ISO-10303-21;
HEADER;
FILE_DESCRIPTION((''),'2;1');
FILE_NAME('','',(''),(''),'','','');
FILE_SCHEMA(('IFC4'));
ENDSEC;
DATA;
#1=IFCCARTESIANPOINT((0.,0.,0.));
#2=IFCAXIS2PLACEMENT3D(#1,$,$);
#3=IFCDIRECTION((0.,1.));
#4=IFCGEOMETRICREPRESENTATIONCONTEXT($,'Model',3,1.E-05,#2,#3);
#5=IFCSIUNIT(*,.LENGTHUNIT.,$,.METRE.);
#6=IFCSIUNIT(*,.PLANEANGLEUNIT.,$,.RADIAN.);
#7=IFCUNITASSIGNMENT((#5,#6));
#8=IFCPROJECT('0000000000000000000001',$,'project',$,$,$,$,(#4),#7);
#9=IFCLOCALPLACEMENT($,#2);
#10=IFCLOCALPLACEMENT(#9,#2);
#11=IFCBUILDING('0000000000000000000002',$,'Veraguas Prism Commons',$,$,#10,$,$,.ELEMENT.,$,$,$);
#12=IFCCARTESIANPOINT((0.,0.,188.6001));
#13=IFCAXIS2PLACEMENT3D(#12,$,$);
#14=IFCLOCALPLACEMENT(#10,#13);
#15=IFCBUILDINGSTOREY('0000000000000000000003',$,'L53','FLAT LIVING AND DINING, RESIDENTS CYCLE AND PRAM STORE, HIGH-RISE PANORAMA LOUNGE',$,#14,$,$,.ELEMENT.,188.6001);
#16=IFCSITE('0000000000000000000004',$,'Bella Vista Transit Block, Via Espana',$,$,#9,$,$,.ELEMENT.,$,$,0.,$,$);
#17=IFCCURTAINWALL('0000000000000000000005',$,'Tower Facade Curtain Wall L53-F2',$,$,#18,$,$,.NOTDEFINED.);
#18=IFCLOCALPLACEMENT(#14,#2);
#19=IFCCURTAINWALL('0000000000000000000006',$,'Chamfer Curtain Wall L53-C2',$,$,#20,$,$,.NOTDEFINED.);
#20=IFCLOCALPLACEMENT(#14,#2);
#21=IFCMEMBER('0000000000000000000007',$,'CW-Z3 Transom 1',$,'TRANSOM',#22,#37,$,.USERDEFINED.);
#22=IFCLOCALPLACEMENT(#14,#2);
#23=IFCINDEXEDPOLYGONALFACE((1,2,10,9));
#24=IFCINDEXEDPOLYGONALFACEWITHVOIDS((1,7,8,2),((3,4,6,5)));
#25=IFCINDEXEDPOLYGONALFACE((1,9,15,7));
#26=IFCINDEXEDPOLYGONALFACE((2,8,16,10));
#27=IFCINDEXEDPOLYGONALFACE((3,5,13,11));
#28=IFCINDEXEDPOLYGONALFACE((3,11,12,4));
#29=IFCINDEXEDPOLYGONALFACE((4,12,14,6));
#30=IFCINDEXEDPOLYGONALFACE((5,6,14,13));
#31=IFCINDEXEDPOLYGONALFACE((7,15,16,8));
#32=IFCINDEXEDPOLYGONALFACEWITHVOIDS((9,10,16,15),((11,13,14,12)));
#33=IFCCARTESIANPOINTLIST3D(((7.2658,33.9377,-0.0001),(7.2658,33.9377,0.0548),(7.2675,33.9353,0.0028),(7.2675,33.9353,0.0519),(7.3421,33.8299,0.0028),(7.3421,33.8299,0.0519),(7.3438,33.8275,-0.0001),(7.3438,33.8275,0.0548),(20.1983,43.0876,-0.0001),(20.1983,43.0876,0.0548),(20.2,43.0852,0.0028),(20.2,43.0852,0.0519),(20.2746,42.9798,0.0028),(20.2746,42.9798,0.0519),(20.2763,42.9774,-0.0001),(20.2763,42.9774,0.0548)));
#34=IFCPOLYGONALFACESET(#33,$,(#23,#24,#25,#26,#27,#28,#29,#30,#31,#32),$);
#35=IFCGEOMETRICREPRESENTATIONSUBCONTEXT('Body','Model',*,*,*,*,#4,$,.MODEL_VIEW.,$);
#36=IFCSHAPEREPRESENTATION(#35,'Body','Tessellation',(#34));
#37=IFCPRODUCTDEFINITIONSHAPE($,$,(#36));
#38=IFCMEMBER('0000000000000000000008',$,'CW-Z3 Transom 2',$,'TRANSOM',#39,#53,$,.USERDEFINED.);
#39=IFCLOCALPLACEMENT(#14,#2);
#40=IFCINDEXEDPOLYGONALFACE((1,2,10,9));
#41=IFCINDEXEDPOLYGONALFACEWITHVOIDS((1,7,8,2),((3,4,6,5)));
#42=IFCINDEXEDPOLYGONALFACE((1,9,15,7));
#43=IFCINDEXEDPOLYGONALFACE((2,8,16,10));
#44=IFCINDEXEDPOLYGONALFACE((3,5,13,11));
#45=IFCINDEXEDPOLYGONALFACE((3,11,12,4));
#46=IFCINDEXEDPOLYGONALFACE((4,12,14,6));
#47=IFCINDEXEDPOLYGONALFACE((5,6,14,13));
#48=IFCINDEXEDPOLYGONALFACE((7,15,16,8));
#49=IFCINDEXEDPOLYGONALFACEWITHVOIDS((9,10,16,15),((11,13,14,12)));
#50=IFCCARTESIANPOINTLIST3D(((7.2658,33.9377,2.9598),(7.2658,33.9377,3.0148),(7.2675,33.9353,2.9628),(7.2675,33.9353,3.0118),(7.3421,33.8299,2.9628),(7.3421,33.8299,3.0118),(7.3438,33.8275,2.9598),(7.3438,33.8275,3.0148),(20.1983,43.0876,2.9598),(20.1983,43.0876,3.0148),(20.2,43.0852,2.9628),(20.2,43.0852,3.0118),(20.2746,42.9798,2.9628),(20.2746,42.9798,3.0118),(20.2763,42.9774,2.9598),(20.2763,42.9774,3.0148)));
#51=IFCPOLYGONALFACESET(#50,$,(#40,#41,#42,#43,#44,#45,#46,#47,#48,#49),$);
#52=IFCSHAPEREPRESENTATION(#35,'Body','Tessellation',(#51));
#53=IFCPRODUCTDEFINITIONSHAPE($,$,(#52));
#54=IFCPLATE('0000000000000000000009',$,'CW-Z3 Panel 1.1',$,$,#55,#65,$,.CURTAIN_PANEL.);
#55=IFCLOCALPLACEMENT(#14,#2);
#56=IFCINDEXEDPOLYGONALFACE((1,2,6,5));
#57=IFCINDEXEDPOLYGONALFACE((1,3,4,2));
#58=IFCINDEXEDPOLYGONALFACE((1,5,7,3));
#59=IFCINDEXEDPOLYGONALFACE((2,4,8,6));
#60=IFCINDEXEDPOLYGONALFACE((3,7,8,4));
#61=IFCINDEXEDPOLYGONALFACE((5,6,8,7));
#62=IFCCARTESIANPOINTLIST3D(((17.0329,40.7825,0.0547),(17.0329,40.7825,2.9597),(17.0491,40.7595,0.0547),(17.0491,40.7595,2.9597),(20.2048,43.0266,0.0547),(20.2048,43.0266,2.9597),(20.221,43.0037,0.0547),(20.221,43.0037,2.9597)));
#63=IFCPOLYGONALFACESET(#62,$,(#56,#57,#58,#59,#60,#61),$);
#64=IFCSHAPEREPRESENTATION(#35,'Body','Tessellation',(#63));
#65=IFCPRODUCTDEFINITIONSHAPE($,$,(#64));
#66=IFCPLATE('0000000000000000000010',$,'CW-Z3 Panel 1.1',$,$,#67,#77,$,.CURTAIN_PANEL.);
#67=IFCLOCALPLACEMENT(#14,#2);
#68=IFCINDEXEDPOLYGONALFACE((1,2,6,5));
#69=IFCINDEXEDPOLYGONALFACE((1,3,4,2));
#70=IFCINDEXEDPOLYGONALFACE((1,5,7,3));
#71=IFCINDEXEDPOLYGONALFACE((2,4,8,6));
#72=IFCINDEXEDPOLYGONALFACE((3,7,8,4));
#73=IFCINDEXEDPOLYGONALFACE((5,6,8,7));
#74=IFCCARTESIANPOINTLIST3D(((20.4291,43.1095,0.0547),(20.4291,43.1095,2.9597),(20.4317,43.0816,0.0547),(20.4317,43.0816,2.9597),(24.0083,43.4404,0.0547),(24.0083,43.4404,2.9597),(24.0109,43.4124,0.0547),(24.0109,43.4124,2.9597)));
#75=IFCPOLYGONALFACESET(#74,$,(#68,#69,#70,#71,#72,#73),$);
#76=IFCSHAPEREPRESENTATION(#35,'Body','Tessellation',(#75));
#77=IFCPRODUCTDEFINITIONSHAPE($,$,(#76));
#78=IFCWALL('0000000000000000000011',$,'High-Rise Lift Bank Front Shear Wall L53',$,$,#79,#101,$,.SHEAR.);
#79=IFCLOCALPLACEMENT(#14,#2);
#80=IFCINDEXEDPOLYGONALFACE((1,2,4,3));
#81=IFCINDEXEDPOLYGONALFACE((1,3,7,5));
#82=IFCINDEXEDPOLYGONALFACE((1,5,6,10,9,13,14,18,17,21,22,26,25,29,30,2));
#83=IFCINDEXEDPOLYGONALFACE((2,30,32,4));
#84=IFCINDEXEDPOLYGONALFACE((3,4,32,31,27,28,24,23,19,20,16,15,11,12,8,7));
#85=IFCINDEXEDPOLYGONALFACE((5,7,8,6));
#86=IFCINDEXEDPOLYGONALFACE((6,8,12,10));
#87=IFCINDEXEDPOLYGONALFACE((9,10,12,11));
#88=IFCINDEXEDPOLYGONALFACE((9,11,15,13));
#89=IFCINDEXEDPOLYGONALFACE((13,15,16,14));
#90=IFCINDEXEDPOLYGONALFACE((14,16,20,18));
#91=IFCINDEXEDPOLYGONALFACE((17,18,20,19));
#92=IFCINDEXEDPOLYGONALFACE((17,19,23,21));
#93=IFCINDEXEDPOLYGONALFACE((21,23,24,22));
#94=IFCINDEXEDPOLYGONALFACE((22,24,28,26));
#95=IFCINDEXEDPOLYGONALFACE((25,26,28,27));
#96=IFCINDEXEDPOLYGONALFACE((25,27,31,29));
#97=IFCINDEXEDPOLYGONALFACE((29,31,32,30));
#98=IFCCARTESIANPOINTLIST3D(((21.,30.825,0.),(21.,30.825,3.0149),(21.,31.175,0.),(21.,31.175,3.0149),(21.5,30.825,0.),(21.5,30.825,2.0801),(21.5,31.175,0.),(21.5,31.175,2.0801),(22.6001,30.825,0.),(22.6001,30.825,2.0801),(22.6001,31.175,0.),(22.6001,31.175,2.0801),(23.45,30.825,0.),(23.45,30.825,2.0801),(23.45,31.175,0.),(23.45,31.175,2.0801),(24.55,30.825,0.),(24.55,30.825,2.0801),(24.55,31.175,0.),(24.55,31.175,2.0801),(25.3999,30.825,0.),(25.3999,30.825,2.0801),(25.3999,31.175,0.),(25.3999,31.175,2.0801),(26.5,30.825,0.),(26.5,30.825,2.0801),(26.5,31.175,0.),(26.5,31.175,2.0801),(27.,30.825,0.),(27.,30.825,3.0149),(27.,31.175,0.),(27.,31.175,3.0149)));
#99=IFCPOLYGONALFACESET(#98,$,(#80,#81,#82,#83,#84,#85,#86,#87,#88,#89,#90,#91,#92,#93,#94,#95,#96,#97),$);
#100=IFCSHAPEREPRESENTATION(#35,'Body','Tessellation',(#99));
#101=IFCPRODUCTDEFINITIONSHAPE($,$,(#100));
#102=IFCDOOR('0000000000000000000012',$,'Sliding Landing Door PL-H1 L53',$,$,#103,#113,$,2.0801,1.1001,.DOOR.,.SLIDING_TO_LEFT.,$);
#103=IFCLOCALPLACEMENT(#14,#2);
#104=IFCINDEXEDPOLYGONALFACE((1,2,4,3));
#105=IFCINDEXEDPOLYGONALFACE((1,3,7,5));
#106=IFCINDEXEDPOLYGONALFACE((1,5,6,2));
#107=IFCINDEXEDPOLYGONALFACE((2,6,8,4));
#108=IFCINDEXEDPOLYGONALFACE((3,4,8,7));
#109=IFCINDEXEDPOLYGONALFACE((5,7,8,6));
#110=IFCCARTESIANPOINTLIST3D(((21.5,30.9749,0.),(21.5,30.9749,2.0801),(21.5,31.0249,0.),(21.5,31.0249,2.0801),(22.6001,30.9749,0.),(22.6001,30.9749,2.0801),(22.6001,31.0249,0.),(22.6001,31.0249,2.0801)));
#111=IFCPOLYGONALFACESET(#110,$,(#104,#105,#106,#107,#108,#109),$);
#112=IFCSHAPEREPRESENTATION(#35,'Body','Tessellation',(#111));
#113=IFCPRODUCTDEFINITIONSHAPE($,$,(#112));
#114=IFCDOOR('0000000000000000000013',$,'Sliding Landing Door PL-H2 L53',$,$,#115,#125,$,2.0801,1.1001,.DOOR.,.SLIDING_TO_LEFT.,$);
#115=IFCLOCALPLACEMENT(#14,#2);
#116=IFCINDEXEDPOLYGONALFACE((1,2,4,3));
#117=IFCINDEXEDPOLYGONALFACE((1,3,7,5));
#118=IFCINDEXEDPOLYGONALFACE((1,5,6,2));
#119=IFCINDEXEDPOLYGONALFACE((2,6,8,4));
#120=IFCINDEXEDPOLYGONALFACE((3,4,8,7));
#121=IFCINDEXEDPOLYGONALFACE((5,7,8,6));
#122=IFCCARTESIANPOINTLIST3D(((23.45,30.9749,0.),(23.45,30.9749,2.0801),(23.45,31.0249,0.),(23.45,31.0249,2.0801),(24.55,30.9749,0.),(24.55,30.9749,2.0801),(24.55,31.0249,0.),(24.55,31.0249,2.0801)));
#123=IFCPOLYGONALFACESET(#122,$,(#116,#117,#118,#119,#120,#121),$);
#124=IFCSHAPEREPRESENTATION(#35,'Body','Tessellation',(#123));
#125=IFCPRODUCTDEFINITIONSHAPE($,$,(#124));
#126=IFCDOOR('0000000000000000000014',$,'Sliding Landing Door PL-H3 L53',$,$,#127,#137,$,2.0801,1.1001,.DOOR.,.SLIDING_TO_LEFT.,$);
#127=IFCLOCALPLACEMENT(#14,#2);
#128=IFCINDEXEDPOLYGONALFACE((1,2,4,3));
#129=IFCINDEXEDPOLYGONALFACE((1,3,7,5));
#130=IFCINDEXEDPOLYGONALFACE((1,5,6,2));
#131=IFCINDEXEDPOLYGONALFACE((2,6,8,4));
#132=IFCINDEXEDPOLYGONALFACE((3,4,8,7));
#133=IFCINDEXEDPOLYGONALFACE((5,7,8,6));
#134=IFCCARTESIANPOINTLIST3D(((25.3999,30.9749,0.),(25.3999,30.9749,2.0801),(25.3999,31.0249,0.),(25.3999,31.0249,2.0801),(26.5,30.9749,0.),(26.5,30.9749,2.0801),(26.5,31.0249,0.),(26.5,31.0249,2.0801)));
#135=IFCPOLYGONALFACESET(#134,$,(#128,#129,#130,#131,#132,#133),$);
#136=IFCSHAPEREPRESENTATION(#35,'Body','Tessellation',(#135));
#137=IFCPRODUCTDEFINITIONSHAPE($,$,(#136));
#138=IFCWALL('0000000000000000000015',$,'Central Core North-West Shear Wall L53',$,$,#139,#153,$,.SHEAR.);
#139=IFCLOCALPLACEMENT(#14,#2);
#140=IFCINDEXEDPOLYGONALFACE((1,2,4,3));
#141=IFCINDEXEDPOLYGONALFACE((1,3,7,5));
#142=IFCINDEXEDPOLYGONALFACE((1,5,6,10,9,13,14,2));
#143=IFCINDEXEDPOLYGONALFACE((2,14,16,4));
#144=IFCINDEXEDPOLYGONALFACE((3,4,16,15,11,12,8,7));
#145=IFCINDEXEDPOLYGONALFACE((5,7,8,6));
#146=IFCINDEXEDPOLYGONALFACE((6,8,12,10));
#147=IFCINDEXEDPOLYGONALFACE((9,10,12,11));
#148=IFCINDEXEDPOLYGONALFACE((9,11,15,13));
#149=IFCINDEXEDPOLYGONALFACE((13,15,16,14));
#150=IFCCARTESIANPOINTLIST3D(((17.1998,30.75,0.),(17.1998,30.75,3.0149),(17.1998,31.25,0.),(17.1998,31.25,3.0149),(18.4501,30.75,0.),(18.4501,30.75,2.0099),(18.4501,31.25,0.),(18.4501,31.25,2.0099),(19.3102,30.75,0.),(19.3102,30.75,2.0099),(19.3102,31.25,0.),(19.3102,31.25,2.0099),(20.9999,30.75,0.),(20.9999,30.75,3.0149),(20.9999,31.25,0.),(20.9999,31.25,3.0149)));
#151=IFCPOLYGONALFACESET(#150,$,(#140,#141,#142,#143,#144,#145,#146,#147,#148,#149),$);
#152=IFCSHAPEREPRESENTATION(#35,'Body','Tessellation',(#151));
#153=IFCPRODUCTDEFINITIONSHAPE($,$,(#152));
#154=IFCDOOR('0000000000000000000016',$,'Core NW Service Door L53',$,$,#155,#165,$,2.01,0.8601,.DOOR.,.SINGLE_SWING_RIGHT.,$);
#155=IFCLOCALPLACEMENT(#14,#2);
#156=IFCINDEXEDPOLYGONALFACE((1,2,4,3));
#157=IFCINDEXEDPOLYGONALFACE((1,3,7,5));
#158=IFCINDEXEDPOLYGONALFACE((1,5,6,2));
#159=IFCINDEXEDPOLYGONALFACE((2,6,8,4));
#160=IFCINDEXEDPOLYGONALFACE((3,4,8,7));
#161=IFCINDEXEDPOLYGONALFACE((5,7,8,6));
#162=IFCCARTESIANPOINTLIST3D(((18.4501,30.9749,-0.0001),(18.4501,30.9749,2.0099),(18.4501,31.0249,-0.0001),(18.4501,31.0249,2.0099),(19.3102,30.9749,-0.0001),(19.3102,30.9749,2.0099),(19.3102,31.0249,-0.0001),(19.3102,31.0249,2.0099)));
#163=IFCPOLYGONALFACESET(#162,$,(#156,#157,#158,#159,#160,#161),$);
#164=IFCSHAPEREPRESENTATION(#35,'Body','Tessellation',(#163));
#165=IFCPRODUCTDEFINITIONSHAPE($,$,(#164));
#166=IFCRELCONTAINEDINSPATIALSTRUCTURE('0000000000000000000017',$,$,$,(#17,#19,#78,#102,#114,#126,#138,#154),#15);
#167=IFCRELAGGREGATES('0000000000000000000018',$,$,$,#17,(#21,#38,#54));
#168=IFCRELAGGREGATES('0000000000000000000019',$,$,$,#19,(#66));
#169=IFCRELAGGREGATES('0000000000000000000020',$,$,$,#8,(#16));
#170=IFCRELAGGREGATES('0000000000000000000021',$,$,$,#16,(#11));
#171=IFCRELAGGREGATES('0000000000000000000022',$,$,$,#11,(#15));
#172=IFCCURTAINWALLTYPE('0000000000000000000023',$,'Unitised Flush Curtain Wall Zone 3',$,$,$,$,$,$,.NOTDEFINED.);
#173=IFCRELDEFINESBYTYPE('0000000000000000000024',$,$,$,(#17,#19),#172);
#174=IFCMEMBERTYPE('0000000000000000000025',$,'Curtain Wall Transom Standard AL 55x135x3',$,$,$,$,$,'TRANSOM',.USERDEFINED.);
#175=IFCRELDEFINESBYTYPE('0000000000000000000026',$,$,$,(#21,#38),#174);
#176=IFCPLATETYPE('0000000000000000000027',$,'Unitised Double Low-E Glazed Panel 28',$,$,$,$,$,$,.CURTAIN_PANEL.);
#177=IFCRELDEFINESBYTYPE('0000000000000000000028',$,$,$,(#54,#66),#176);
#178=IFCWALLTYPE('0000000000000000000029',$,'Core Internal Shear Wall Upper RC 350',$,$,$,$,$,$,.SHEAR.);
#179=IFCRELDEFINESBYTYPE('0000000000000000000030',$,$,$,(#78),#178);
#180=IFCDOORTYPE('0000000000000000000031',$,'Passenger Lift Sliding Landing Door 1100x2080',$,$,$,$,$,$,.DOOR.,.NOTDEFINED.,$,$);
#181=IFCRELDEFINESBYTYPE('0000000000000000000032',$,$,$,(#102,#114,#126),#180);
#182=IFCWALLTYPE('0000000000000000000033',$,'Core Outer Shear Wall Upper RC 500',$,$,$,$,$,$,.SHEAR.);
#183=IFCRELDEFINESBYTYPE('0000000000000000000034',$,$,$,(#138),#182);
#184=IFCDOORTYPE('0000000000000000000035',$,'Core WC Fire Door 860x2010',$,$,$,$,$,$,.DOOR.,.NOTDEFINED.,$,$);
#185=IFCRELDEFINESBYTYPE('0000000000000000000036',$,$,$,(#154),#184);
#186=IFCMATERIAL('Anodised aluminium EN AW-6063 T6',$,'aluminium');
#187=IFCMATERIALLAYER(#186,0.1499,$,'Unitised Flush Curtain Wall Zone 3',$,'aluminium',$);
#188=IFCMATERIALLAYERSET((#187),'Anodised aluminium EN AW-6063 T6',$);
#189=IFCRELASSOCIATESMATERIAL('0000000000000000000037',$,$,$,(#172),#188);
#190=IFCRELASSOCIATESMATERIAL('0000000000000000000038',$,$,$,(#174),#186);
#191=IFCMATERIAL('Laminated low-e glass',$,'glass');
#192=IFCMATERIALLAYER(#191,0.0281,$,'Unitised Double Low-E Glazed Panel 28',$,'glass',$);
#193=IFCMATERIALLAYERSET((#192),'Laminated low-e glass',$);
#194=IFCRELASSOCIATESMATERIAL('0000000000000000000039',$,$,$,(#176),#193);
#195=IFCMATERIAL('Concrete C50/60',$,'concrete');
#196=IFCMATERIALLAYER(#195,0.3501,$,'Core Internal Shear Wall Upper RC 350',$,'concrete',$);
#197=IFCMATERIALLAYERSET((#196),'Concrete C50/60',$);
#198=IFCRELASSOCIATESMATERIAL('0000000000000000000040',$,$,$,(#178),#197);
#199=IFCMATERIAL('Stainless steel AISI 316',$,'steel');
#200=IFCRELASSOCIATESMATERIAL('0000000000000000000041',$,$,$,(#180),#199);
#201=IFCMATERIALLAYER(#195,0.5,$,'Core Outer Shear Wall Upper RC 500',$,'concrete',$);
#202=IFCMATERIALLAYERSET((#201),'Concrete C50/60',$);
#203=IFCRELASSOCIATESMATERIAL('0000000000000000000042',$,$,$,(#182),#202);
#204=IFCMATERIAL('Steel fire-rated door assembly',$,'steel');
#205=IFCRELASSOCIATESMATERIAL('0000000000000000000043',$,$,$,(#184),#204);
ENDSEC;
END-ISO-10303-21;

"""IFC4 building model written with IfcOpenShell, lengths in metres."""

from ifc_helpers import new_model, si_unit, direction, frame, frame_2d, origin, origin_2d, place, context, subcontext, project, spatial, rectangle, hollow_rectangle, extrude, source, transform, mapped, material, layer, layer_set, material_profile, profile_set, type_object, element, fill, aggregate, save


model = new_model("IFC4")

# Units and contexts
model_context = context("Model", 3, precision=1e-05, world=origin(), true_north=direction((0.0, 1.0)))
body_context = subcontext(model_context, "Body", "Model", "MODEL_VIEW")
ifc_project = project(units=[si_unit("LENGTHUNIT", "METRE"), si_unit("PLANEANGLEUNIT", "RADIAN")], contexts=[model_context])

# Site, building, storey
site_placement = place(None, origin())
site = spatial("IfcSite", under=ifc_project, at=site_placement, Name="Bella Vista Transit Block, Via Espana", CompositionType="ELEMENT", RefElevation=0.0)
building_placement = place(site_placement, origin())
building = spatial("IfcBuilding", under=site, at=building_placement, Name="Veraguas Prism Commons", CompositionType="ELEMENT")
storey_placement = place(building_placement, frame((0.0, 0.0, 188.6001)))
storey = spatial("IfcBuildingStorey", under=building, at=storey_placement, Name="L53", Description="FLAT LIVING AND DINING, RESIDENTS CYCLE AND PRAM STORE, HIGH-RISE PANORAMA LOUNGE", CompositionType="ELEMENT", Elevation=188.6001)

# Shared definitions
ifc_material_1 = material(Name="Concrete C50/60", Category="concrete")

# Curtain walls
ifc_material_2 = material(Name="Anodised aluminium EN AW-6063 T6", Category="aluminium")
ifc_layer_1 = layer(ifc_material_2, 0.1499, Name="Unitised Flush Curtain Wall Zone 3", Category="aluminium")
ifc_layer_set_1 = layer_set([ifc_layer_1], Name="Anodised aluminium EN AW-6063 T6")
curtain_wall_type = type_object("IfcCurtainWallType", Name="Unitised Flush Curtain Wall Zone 3", PredefinedType="NOTDEFINED", material=ifc_layer_set_1)
curtain_wall_1_placement = place(storey_placement, origin())
curtain_wall_1 = element("IfcCurtainWall", 1, at=curtain_wall_1_placement, inside=storey, type_object=curtain_wall_type, Name="Tower Facade Curtain Wall L53-F2", PredefinedType="NOTDEFINED")
curtain_wall_2_placement = place(storey_placement, origin())
curtain_wall_2 = element("IfcCurtainWall", 2, at=curtain_wall_2_placement, inside=storey, type_object=curtain_wall_type, Name="Chamfer Curtain Wall L53-C2", PredefinedType="NOTDEFINED")

# Members
ifc_material_profile_1 = material_profile(ifc_material_2, hollow_rectangle(XDim=0.0549, YDim=0.135, WallThickness=0.0029, at=origin_2d()), Name="AL55X135X3")
ifc_profile_set_1 = profile_set([ifc_material_profile_1], Name="Anodised aluminium EN AW-6063 T6")
member_type_1 = type_object("IfcMemberType", Name="Curtain Wall Transom Standard AL 55x135x3", ElementType="TRANSOM", PredefinedType="USERDEFINED", material=ifc_profile_set_1)
shared_shape_1 = source(origin(), body_context, "Body", "SweptSolid", [
    extrude(hollow_rectangle(XDim=0.0549, YDim=0.135, WallThickness=0.0029, at=origin_2d()), origin(), (0.0, 0.0, 1.0), 15.842),
])
member_1_placement = place(storey_placement, frame((20.2373, 43.0325, 0.0273), z_axis=(-0.816343, -0.577567, 0.0), x_axis=(0.0, 0.0, 1.0)))
member_1 = element("IfcMember", 3, at=member_1_placement, type_object=member_type_1, Name="CW-Z3 Transom 1", ObjectType="TRANSOM", PredefinedType="USERDEFINED", context=body_context, shape_type="MappedRepresentation", body=[
    mapped(shared_shape_1, transform((0.0, 0.0, 0.0), scale=1.0)),
])
member_2_placement = place(storey_placement, frame((20.2373, 43.0325, 2.9873), z_axis=(-0.816343, -0.577567, 0.0), x_axis=(0.0, 0.0, 1.0)))
member_2 = element("IfcMember", 4, at=member_2_placement, type_object=member_type_1, Name="CW-Z3 Transom 2", ObjectType="TRANSOM", PredefinedType="USERDEFINED", context=body_context, shape_type="MappedRepresentation", body=[
    mapped(shared_shape_1, transform((0.0, 0.0, 0.0), scale=1.0)),
])

# Plates
ifc_material_3 = material(Name="Laminated low-e glass", Category="glass")
ifc_layer_2 = layer(ifc_material_3, 0.0281, Name="Unitised Double Low-E Glazed Panel 28", Category="glass")
ifc_layer_set_2 = layer_set([ifc_layer_2], Name="Laminated low-e glass")
plate_type = type_object("IfcPlateType", Name="Unitised Double Low-E Glazed Panel 28", PredefinedType="CURTAIN_PANEL", material=ifc_layer_set_2)
shared_shape_2 = source(origin(), body_context, "Body", "SweptSolid", [
    extrude(rectangle(XDim=3.8855, YDim=0.0281, at=origin_2d()), origin(), (0.0, 0.0, 1.0), 2.905),
])
plate_1_placement = place(storey_placement, frame((18.627, 41.8931, 0.0547), z_axis=(0.0, 0.0, 1.0), x_axis=(-0.816341, -0.57757, 0.0)))
plate_1 = element("IfcPlate", 5, at=plate_1_placement, type_object=plate_type, Name="CW-Z3 Panel 1.1", PredefinedType="CURTAIN_PANEL", context=body_context, shape_type="MappedRepresentation", body=[
    mapped(shared_shape_2, transform((0.0, 0.0, 0.0), scale=1.0)),
])
aggregate(curtain_wall_1, [member_1, member_2, plate_1])
shared_shape_3 = source(origin(), body_context, "Body", "SweptSolid", [
    extrude(rectangle(XDim=3.5945, YDim=0.0281, at=origin_2d()), origin(), (0.0, 0.0, 1.0), 2.905),
])
plate_2_placement = place(storey_placement, frame((22.22, 43.261, 0.0547), z_axis=(0.0, 0.0, 1.0), x_axis=(-0.995755, -0.092046, 0.0)))
plate_2 = element("IfcPlate", 6, at=plate_2_placement, type_object=plate_type, Name="CW-Z3 Panel 1.1", PredefinedType="CURTAIN_PANEL", context=body_context, shape_type="MappedRepresentation", body=[
    mapped(shared_shape_3, transform((0.0, 0.0, 0.0), scale=1.0)),
])
aggregate(curtain_wall_2, [plate_2])

# Wall, openings, doors
ifc_layer_3 = layer(ifc_material_1, 0.3501, Name="Core Internal Shear Wall Upper RC 350", Category="concrete")
ifc_layer_set_3 = layer_set([ifc_layer_3], Name="Concrete C50/60")
wall_type_1 = type_object("IfcWallType", Name="Core Internal Shear Wall Upper RC 350", PredefinedType="SHEAR", material=ifc_layer_set_3)
wall_1_placement = place(storey_placement, frame((21.0, 31.0, 0.0), z_axis=(0.0, 0.0, 1.0), x_axis=(1.0, 0.0, 0.0)))
wall_1 = element("IfcWall", 7, at=wall_1_placement, inside=storey, type_object=wall_type_1, Name="High-Rise Lift Bank Front Shear Wall L53", PredefinedType="SHEAR", context=body_context, shape_type="SweptSolid", body=[
    extrude(rectangle(XDim=6.0, YDim=0.3501, at=frame_2d((3.0, 0.0))), origin(), (0.0, 0.0, 1.0), 3.0149),
])
opening_1_placement = place(wall_1_placement, frame((0.5, 0.0, 0.0)))
opening_1 = element("IfcOpeningElement", 8, at=opening_1_placement, cuts=wall_1, PredefinedType="OPENING", context=body_context, shape_type="SweptSolid", body=[
    extrude(rectangle(XDim=1.1001, YDim=2.0801, at=frame_2d((0.55, 1.04))), frame((0.0, 0.1851, 0.0), z_axis=(0.0, -1.0, 0.0), x_axis=(1.0, 0.0, 0.0)), (0.0, 0.0, 1.0), 0.3701),
])
opening_2_placement = place(wall_1_placement, frame((2.45, 0.0, 0.0)))
opening_2 = element("IfcOpeningElement", 9, at=opening_2_placement, cuts=wall_1, PredefinedType="OPENING", context=body_context, shape_type="SweptSolid", body=[
    extrude(rectangle(XDim=1.1001, YDim=2.0801, at=frame_2d((0.55, 1.04))), frame((0.0, 0.1851, 0.0), z_axis=(0.0, -1.0, 0.0), x_axis=(1.0, 0.0, 0.0)), (0.0, 0.0, 1.0), 0.3701),
])
opening_3_placement = place(wall_1_placement, frame((4.3999, 0.0, 0.0)))
opening_3 = element("IfcOpeningElement", 10, at=opening_3_placement, cuts=wall_1, PredefinedType="OPENING", context=body_context, shape_type="SweptSolid", body=[
    extrude(rectangle(XDim=1.1001, YDim=2.0801, at=frame_2d((0.55, 1.04))), frame((0.0, 0.1851, 0.0), z_axis=(0.0, -1.0, 0.0), x_axis=(1.0, 0.0, 0.0)), (0.0, 0.0, 1.0), 0.3701),
])
ifc_material_4 = material(Name="Stainless steel AISI 316", Category="steel")
door_type_1 = type_object("IfcDoorType", Name="Passenger Lift Sliding Landing Door 1100x2080", OperationType="NOTDEFINED", PredefinedType="DOOR", material=ifc_material_4)
shared_shape_4 = source(origin(), body_context, "Body", "SweptSolid", [
    extrude(rectangle(XDim=1.1001, YDim=2.0801, at=frame_2d((0.55, 1.04))), frame((0.0, 0.0249, 0.0), z_axis=(0.0, -1.0, 0.0), x_axis=(1.0, 0.0, 0.0)), (0.0, 0.0, 1.0), 0.05),
])
door_1_placement = place(opening_1_placement, origin())
door_1 = element("IfcDoor", 11, at=door_1_placement, inside=storey, type_object=door_type_1, Name="Sliding Landing Door PL-H1 L53", OperationType="SLIDING_TO_LEFT", OverallHeight=2.0801, OverallWidth=1.1001, PredefinedType="DOOR", context=body_context, shape_type="MappedRepresentation", body=[
    mapped(shared_shape_4, transform((0.0, 0.0, 0.0), scale=1.0)),
])
fill(opening_1, door_1)
door_2_placement = place(opening_2_placement, origin())
door_2 = element("IfcDoor", 12, at=door_2_placement, inside=storey, type_object=door_type_1, Name="Sliding Landing Door PL-H2 L53", OperationType="SLIDING_TO_LEFT", OverallHeight=2.0801, OverallWidth=1.1001, PredefinedType="DOOR", context=body_context, shape_type="MappedRepresentation", body=[
    mapped(shared_shape_4, transform((0.0, 0.0, 0.0), scale=1.0)),
])
fill(opening_2, door_2)
door_3_placement = place(opening_3_placement, origin())
door_3 = element("IfcDoor", 13, at=door_3_placement, inside=storey, type_object=door_type_1, Name="Sliding Landing Door PL-H3 L53", OperationType="SLIDING_TO_LEFT", OverallHeight=2.0801, OverallWidth=1.1001, PredefinedType="DOOR", context=body_context, shape_type="MappedRepresentation", body=[
    mapped(shared_shape_4, transform((0.0, 0.0, 0.0), scale=1.0)),
])
fill(opening_3, door_3)

# Wall, opening, door
ifc_layer_4 = layer(ifc_material_1, 0.5, Name="Core Outer Shear Wall Upper RC 500", Category="concrete")
ifc_layer_set_4 = layer_set([ifc_layer_4], Name="Concrete C50/60")
wall_type_2 = type_object("IfcWallType", Name="Core Outer Shear Wall Upper RC 500", PredefinedType="SHEAR", material=ifc_layer_set_4)
wall_2_placement = place(storey_placement, frame((17.2, 31.0, 0.0), z_axis=(0.0, 0.0, 1.0), x_axis=(1.0, 0.0, 0.0)))
wall_2 = element("IfcWall", 14, at=wall_2_placement, inside=storey, type_object=wall_type_2, Name="Central Core North-West Shear Wall L53", PredefinedType="SHEAR", context=body_context, shape_type="SweptSolid", body=[
    extrude(rectangle(XDim=3.8, YDim=0.5, at=frame_2d((1.8999, 0.0))), origin(), (0.0, 0.0, 1.0), 3.0149),
])
opening_4_placement = place(wall_2_placement, frame((1.25, 0.0, 0.0)))
opening_4 = element("IfcOpeningElement", 15, at=opening_4_placement, cuts=wall_2, PredefinedType="OPENING", context=body_context, shape_type="SweptSolid", body=[
    extrude(rectangle(XDim=0.8601, YDim=2.01, at=frame_2d((0.4302, 1.0049))), frame((0.0, 0.26, 0.0), z_axis=(0.0, -1.0, 0.0), x_axis=(1.0, 0.0, 0.0)), (0.0, 0.0, 1.0), 0.52),
])
ifc_material_5 = material(Name="Steel fire-rated door assembly", Category="steel")
door_type_2 = type_object("IfcDoorType", Name="Core WC Fire Door 860x2010", OperationType="NOTDEFINED", PredefinedType="DOOR", material=ifc_material_5)
shared_shape_5 = source(origin(), body_context, "Body", "SweptSolid", [
    extrude(rectangle(XDim=0.8601, YDim=2.01, at=frame_2d((0.4302, 1.0049))), frame((0.0, 0.0249, 0.0), z_axis=(0.0, -1.0, 0.0), x_axis=(1.0, 0.0, 0.0)), (0.0, 0.0, 1.0), 0.05),
])
door_4_placement = place(opening_4_placement, origin())
door_4 = element("IfcDoor", 16, at=door_4_placement, inside=storey, type_object=door_type_2, Name="Core NW Service Door L53", OperationType="SINGLE_SWING_RIGHT", OverallHeight=2.01, OverallWidth=0.8601, PredefinedType="DOOR", context=body_context, shape_type="MappedRepresentation", body=[
    mapped(shared_shape_5, transform((0.0, 0.0, 0.0), scale=1.0)),
])
fill(opening_4, door_4)

save(model, "model.ifc")
